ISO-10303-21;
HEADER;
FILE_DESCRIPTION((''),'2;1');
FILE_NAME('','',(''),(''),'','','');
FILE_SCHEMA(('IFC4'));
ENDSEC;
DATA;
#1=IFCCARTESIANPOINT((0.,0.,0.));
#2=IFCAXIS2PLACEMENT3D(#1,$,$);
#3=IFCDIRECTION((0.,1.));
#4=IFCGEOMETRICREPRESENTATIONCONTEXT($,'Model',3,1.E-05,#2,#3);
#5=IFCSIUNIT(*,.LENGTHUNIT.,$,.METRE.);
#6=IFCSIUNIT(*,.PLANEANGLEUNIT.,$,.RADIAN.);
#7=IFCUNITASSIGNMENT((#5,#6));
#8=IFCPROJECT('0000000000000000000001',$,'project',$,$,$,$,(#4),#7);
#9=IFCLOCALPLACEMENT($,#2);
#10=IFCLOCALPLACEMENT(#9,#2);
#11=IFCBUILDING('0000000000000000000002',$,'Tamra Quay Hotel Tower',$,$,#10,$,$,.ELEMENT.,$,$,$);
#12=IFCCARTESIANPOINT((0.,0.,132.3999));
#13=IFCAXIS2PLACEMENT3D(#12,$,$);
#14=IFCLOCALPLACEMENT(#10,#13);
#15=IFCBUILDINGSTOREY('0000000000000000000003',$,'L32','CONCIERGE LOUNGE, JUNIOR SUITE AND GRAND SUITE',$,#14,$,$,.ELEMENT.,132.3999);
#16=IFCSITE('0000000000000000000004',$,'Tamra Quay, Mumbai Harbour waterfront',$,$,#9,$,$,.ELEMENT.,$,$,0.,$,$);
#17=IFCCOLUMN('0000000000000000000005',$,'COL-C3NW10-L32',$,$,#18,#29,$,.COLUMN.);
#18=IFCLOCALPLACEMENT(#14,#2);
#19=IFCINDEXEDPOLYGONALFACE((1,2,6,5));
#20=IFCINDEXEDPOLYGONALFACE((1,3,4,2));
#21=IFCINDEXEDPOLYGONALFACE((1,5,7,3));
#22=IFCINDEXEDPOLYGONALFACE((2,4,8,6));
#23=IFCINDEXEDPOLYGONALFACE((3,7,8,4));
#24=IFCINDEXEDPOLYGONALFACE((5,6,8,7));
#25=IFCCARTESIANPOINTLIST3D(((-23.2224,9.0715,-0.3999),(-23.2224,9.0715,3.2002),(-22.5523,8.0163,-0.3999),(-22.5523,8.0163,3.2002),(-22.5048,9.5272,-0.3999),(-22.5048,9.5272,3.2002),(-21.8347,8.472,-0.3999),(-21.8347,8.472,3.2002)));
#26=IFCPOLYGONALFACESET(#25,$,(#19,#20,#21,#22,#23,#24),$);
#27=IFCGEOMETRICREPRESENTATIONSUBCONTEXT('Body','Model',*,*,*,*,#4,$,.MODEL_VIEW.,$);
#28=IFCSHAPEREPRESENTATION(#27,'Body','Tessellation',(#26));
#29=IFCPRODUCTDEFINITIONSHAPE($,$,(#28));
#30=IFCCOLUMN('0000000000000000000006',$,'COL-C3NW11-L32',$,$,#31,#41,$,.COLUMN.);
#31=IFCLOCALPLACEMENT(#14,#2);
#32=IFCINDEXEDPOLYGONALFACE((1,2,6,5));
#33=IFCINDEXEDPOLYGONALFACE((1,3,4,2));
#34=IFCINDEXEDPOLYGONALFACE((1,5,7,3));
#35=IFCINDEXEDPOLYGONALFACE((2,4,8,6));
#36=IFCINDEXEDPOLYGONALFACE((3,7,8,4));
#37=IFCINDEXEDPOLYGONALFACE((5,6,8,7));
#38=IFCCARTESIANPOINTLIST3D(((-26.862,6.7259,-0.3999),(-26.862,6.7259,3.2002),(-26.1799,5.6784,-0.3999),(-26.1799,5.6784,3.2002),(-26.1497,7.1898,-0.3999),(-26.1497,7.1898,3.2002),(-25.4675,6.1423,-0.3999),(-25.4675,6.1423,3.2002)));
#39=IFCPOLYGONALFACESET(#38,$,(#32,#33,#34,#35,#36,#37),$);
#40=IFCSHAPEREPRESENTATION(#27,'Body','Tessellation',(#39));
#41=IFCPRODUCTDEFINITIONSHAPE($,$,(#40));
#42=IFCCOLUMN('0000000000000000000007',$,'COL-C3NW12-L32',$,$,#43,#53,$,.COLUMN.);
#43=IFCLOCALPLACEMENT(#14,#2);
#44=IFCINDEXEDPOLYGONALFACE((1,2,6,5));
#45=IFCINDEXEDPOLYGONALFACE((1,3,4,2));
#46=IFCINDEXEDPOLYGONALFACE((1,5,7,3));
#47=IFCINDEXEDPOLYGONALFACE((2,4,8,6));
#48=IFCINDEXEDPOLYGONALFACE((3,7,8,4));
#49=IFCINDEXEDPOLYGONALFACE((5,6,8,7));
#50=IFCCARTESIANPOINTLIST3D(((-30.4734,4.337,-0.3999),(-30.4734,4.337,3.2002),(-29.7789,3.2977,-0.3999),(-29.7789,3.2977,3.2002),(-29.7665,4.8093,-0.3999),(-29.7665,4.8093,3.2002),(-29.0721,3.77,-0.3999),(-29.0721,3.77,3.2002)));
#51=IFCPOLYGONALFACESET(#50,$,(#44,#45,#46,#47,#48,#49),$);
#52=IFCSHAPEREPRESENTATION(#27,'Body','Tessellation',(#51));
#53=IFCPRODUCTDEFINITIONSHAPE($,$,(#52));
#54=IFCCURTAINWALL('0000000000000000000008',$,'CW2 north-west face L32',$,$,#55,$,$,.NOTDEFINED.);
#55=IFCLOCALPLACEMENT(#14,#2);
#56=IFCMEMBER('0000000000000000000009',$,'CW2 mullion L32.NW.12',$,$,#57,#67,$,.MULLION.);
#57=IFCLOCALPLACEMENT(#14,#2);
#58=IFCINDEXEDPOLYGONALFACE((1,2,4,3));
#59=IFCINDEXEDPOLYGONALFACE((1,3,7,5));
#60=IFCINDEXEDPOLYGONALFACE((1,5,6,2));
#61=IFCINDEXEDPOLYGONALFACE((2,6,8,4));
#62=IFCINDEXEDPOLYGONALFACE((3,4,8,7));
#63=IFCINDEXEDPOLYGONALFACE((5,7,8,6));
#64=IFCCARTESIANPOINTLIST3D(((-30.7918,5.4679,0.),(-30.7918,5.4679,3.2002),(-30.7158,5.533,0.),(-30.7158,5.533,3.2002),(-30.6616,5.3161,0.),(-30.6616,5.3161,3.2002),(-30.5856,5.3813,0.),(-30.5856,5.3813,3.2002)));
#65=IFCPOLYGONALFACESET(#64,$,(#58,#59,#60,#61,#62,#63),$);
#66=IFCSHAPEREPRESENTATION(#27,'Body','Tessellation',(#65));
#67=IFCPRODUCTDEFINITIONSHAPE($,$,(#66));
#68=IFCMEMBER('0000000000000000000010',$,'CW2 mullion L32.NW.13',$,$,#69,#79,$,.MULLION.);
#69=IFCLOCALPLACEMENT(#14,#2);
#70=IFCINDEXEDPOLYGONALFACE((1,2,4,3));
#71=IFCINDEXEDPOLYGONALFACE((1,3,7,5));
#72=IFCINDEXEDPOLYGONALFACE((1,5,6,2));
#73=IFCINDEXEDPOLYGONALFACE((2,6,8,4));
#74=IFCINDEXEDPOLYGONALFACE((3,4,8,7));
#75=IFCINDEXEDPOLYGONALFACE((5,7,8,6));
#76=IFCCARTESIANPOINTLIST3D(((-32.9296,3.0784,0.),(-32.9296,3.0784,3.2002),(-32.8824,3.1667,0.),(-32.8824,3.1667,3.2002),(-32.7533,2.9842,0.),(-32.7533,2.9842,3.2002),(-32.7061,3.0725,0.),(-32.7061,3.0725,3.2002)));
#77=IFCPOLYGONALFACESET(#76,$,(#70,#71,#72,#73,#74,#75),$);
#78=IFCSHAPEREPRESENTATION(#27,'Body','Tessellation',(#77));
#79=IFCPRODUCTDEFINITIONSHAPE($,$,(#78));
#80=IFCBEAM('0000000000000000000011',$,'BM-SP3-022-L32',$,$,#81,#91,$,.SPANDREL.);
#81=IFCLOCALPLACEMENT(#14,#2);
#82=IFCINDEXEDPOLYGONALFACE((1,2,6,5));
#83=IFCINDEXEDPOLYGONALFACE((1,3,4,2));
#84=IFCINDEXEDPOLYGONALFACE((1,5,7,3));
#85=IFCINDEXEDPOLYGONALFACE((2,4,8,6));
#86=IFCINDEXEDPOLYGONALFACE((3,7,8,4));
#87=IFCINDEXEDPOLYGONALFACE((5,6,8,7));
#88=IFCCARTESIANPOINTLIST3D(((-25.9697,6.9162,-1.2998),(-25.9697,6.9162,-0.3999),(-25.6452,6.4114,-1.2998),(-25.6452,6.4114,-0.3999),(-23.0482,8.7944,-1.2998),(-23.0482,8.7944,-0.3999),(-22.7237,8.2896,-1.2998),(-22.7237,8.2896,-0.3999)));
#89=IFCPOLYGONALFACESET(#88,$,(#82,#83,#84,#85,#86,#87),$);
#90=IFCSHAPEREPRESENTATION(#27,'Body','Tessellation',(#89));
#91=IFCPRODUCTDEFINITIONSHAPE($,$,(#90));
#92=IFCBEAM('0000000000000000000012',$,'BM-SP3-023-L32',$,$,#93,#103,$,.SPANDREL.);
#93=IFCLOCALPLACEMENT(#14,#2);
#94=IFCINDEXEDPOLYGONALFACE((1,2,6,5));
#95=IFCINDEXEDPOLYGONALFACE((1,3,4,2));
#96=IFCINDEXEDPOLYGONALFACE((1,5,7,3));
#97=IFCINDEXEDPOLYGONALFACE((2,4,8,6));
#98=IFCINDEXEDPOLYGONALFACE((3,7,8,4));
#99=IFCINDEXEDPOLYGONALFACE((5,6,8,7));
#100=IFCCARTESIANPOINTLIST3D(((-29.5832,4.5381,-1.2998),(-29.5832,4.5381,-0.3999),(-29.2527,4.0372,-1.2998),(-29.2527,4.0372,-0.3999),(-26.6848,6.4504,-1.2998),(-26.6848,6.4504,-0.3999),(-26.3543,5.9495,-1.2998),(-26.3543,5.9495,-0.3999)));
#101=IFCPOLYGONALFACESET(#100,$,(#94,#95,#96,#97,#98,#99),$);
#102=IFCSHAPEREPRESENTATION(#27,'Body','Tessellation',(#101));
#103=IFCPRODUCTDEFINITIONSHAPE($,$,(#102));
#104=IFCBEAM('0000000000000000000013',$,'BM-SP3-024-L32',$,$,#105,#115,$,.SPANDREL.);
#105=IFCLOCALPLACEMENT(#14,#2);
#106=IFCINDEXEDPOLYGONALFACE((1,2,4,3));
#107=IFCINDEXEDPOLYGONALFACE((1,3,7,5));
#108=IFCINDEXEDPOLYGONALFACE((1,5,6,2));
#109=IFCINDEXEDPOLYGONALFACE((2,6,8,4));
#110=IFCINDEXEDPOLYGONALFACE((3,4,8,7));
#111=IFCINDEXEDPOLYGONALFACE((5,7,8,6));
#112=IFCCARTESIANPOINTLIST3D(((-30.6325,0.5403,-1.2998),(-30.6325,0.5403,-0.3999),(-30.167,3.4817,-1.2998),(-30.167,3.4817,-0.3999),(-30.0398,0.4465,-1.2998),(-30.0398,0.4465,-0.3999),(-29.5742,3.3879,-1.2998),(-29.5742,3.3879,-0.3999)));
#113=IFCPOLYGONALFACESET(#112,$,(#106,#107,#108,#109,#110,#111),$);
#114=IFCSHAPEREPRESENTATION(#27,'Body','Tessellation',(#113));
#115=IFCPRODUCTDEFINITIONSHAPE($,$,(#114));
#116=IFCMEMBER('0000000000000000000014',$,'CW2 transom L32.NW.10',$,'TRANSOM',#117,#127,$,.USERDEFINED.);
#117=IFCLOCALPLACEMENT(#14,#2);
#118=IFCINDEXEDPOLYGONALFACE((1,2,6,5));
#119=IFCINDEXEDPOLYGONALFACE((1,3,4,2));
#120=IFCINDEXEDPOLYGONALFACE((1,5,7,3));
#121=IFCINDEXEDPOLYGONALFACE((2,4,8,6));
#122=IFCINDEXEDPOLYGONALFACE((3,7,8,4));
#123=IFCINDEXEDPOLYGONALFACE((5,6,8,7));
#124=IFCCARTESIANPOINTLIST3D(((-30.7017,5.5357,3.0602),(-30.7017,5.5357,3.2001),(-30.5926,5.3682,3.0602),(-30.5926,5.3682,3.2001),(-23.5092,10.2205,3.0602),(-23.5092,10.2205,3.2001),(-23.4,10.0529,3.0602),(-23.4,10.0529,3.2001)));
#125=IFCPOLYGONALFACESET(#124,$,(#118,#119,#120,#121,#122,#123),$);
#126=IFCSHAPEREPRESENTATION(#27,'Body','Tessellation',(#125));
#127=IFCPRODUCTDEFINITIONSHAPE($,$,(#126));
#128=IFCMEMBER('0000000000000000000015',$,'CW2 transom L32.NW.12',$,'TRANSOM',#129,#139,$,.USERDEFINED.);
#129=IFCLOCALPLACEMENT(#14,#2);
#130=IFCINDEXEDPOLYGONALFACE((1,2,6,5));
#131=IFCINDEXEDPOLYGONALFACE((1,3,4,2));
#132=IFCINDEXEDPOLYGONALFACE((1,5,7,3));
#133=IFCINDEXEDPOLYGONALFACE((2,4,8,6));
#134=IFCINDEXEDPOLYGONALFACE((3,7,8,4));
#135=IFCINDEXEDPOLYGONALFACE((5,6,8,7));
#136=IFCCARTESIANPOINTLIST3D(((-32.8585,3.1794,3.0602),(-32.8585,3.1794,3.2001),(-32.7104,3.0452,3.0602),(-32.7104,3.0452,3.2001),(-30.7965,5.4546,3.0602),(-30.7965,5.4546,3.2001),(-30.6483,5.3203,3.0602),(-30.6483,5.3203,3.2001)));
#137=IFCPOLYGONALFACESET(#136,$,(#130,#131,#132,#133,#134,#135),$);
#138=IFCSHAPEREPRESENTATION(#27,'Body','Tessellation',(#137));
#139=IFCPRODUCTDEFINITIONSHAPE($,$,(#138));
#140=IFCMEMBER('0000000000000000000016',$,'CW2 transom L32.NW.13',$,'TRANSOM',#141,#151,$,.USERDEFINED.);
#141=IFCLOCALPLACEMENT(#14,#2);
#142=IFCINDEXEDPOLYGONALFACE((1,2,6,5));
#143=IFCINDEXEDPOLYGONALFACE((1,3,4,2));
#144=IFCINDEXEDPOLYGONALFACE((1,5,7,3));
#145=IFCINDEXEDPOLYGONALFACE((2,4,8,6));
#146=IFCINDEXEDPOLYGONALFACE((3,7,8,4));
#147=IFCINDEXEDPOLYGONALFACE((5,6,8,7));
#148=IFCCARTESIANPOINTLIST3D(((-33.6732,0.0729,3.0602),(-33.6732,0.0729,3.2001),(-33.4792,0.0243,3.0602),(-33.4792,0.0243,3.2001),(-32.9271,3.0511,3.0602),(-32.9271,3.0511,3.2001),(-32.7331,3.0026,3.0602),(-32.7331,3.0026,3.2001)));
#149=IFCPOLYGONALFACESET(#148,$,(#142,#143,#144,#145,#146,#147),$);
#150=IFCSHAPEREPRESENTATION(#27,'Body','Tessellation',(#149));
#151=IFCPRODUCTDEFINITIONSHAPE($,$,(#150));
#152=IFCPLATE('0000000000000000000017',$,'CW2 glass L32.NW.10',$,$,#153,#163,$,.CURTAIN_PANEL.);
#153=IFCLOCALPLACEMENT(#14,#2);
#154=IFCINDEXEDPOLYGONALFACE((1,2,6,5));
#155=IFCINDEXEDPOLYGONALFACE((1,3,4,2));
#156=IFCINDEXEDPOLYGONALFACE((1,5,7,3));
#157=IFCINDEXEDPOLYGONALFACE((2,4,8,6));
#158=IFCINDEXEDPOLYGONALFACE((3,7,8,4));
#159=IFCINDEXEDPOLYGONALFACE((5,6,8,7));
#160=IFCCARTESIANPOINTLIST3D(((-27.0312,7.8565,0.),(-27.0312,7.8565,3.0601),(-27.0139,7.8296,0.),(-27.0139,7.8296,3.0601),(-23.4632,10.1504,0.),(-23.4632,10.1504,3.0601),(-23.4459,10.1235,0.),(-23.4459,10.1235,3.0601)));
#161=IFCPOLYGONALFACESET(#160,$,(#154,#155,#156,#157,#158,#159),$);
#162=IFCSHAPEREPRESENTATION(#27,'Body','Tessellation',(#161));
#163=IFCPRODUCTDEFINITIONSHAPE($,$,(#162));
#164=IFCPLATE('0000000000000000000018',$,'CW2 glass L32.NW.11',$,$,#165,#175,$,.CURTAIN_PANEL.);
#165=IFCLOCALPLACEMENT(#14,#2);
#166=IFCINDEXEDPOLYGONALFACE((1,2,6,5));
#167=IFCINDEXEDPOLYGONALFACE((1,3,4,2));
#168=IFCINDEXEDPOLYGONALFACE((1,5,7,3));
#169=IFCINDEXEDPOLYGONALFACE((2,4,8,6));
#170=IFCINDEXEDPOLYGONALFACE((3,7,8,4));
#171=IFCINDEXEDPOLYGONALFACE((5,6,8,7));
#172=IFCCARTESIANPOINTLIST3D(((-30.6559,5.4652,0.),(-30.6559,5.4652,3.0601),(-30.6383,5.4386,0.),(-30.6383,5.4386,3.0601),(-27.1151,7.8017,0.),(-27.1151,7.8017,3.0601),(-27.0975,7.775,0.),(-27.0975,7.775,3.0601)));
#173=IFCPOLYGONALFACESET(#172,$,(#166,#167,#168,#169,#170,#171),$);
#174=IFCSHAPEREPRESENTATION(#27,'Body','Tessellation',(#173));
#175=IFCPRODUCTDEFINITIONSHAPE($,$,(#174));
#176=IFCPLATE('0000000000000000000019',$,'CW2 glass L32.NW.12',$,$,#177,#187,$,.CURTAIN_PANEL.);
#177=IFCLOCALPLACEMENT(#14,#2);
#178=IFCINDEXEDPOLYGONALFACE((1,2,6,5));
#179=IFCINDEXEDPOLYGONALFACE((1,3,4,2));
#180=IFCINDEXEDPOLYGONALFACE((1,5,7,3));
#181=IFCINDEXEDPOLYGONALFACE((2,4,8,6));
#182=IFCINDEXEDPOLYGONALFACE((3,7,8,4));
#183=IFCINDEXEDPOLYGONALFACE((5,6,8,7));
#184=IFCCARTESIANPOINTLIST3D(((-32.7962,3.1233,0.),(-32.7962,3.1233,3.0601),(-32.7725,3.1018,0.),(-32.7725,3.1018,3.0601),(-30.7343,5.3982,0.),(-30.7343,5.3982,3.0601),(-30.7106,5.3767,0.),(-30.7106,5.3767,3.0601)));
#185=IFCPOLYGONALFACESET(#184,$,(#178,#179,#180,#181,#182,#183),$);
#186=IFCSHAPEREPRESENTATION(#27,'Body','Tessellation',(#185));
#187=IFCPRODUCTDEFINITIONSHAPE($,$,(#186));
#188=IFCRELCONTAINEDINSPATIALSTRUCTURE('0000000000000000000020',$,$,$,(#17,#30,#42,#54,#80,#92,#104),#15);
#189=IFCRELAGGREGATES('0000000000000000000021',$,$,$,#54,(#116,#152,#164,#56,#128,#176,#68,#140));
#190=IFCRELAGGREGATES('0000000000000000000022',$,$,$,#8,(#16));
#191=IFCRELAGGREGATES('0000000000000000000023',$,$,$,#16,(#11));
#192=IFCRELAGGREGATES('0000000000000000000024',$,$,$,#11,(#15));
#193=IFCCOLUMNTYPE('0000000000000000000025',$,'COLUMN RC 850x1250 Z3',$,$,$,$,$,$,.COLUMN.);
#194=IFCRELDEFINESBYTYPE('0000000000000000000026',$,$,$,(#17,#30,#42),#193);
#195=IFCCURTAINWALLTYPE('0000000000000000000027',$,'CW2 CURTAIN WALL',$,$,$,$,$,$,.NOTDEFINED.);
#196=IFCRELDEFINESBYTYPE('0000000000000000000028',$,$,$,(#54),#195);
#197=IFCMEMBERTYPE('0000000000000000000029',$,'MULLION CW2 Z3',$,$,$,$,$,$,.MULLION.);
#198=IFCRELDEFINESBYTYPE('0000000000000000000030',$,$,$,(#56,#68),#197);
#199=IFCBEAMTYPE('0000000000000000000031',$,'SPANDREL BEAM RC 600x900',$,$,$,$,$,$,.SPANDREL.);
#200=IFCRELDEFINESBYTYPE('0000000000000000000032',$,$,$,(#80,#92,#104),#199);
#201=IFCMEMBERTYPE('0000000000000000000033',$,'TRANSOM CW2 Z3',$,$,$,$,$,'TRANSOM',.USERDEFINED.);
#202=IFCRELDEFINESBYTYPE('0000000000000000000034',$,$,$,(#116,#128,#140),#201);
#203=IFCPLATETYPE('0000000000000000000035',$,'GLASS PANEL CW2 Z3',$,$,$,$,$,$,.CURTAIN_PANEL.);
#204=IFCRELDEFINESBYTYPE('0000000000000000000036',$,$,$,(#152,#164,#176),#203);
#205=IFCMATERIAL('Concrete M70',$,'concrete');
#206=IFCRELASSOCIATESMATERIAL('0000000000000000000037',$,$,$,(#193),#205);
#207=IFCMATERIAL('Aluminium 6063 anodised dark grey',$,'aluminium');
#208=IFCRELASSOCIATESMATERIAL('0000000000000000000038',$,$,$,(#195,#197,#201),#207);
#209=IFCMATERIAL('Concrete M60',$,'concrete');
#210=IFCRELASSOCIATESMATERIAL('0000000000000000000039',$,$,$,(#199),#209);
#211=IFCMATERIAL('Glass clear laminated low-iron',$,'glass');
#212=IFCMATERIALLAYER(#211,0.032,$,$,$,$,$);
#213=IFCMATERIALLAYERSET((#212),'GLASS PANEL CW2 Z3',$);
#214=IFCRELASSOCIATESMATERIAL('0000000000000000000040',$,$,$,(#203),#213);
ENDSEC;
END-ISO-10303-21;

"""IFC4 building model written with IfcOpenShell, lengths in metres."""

from ifc_helpers import new_model, si_unit, direction, frame, origin, origin_2d, place, context, subcontext, project, spatial, rectangle, extrude, material, layer, layer_set, material_profile, profile_set, type_object, element, aggregate, save


model = new_model("IFC4")

# Units and contexts
model_context = context("Model", 3, precision=1e-05, world=origin(), true_north=direction((0.0, 1.0)))
body_context = subcontext(model_context, "Body", "Model", "MODEL_VIEW")
ifc_project = project(units=[si_unit("LENGTHUNIT", "METRE"), si_unit("PLANEANGLEUNIT", "RADIAN")], contexts=[model_context])

# Site, building, storey
site_placement = place(None, origin())
site = spatial("IfcSite", under=ifc_project, at=site_placement, Name="Tamra Quay, Mumbai Harbour waterfront", CompositionType="ELEMENT", RefElevation=0.0)
building_placement = place(site_placement, origin())
building = spatial("IfcBuilding", under=site, at=building_placement, Name="Tamra Quay Hotel Tower", CompositionType="ELEMENT")
storey_placement = place(building_placement, frame((0.0, 0.0, 132.3999)))
storey = spatial("IfcBuildingStorey", under=building, at=storey_placement, Name="L32", Description="CONCIERGE LOUNGE, JUNIOR SUITE AND GRAND SUITE", CompositionType="ELEMENT", Elevation=132.3999)

# Columns
ifc_material_1 = material(Name="Concrete M70", Category="concrete")
ifc_material_profile_1 = material_profile(ifc_material_1, rectangle(XDim=1.25, YDim=0.8501, at=origin_2d()), Name="COLUMN RC 850x1250 Z3")
ifc_profile_set_1 = profile_set([ifc_material_profile_1], Name="Concrete M70")
column_type = type_object("IfcColumnType", Name="COLUMN RC 850x1250 Z3", PredefinedType="COLUMN", material=ifc_profile_set_1)
for number, where, z_axis, x_axis, name in (
    (1, (-22.5286, 8.7717, -0.3999), (0.0, 0.0, 1.0), (-0.536102, 0.844153, 0.0), "COL-C3NW10-L32"),
    (2, (-26.1648, 6.4341, -0.3999), (0.0, 0.0, 1.0), (-0.545703, 0.837979, 0.0), "COL-C3NW11-L32"),
    (3, (-29.7727, 4.0535, -0.3999), (0.0, 0.0, 1.0), (-0.555583, 0.831461, 0.0), "COL-C3NW12-L32"),
):
    element("IfcColumn", number, at=place(storey_placement, frame(where, z_axis=z_axis, x_axis=x_axis)), inside=storey, type_object=column_type, Name=name, PredefinedType="COLUMN", context=body_context, shape_type="SweptSolid", body=[
        extrude(rectangle(XDim=1.25, YDim=0.8501, at=origin_2d()), origin(), (0.0, 0.0, 1.0), 3.6001),
    ])

# Curtain wall, members
ifc_material_2 = material(Name="Aluminium 6063 anodised dark grey", Category="aluminium")
curtain_wall_type = type_object("IfcCurtainWallType", Name="CW2 CURTAIN WALL", PredefinedType="NOTDEFINED", material=ifc_material_2)
curtain_wall_placement = place(storey_placement, origin())
curtain_wall = element("IfcCurtainWall", 4, at=curtain_wall_placement, inside=storey, type_object=curtain_wall_type, Name="CW2 north-west face L32", PredefinedType="NOTDEFINED")
ifc_material_profile_2 = material_profile(ifc_material_2, rectangle(XDim=0.2, YDim=0.1001, at=origin_2d()), Name="MULLION 100X200")
ifc_profile_set_2 = profile_set([ifc_material_profile_2], Name="Aluminium 6063 anodised dark grey")
member_type_1 = type_object("IfcMemberType", Name="MULLION CW2 Z3", PredefinedType="MULLION", material=ifc_profile_set_2)
member_1_placement = place(storey_placement, frame((-30.6887, 5.4246, 0.0), z_axis=(0.0, 0.0, 1.0), x_axis=(-0.650989, 0.759087, 0.0)))
member_1 = element("IfcMember", 5, at=member_1_placement, type_object=member_type_1, Name="CW2 mullion L32.NW.12", PredefinedType="MULLION", context=body_context, shape_type="SweptSolid", body=[
    extrude(rectangle(XDim=0.2, YDim=0.1001, at=origin_2d()), origin(), (0.0, 0.0, 1.0), 3.2002),
])
member_2_placement = place(storey_placement, frame((-32.8179, 3.0754, 0.0), z_axis=(0.0, 0.0, 1.0), x_axis=(-0.881925, 0.471389, 0.0)))
member_2 = element("IfcMember", 6, at=member_2_placement, type_object=member_type_1, Name="CW2 mullion L32.NW.13", PredefinedType="MULLION", context=body_context, shape_type="SweptSolid", body=[
    extrude(rectangle(XDim=0.2, YDim=0.1001, at=origin_2d()), origin(), (0.0, 0.0, 1.0), 3.2002),
])

# Beams
ifc_material_3 = material(Name="Concrete M60", Category="concrete")
ifc_material_profile_3 = material_profile(ifc_material_3, rectangle(XDim=0.6001, YDim=0.8999, at=origin_2d()), Name="SPANDREL BEAM RC 600x900")
ifc_profile_set_3 = profile_set([ifc_material_profile_3], Name="Concrete M60")
beam_type = type_object("IfcBeamType", Name="SPANDREL BEAM RC 600x900", PredefinedType="SPANDREL", material=ifc_profile_set_3)
beam_1_placement = place(storey_placement, frame((-22.886, 8.542, -0.8499), z_axis=(-0.84116, -0.540786, 0.0), x_axis=(0.540786, -0.84116, 0.0)))
element("IfcBeam", 7, at=beam_1_placement, inside=storey, type_object=beam_type, Name="BM-SP3-022-L32", PredefinedType="SPANDREL", context=body_context, shape_type="SweptSolid", body=[
    extrude(rectangle(XDim=0.6001, YDim=0.8999, at=origin_2d()), origin(), (0.0, 0.0, 1.0), 3.4731),
])
beam_2_placement = place(storey_placement, frame((-26.5195, 6.2, -0.8499), z_axis=(-0.834691, -0.550719, 0.0), x_axis=(0.550719, -0.834691, 0.0)))
element("IfcBeam", 8, at=beam_2_placement, inside=storey, type_object=beam_type, Name="BM-SP3-023-L32", PredefinedType="SPANDREL", context=body_context, shape_type="SweptSolid", body=[
    extrude(rectangle(XDim=0.6001, YDim=0.8999, at=origin_2d()), origin(), (0.0, 0.0, 1.0), 3.4724),
])
beam_3_placement = place(storey_placement, frame((-29.8706, 3.4348, -0.8499), z_axis=(-0.156337, -0.987704, 0.0), x_axis=(0.987704, -0.156337, 0.0)))
element("IfcBeam", 9, at=beam_3_placement, inside=storey, type_object=beam_type, Name="BM-SP3-024-L32", PredefinedType="SPANDREL", context=body_context, shape_type="SweptSolid", body=[
    extrude(rectangle(XDim=0.6001, YDim=0.8999, at=origin_2d()), origin(), (0.0, 0.0, 1.0), 2.978),
])

# Members
ifc_material_profile_4 = material_profile(ifc_material_2, rectangle(XDim=0.2, YDim=0.1399, at=origin_2d()), Name="TRANSOM 200X140")
ifc_profile_set_4 = profile_set([ifc_material_profile_4], Name="Aluminium 6063 anodised dark grey")
member_type_2 = type_object("IfcMemberType", Name="TRANSOM CW2 Z3", ElementType="TRANSOM", PredefinedType="USERDEFINED", material=ifc_profile_set_4)
member_3_placement = place(storey_placement, frame((-23.4546, 10.1367, 3.1301), z_axis=(-0.837932, -0.545775, 0.0), x_axis=(0.545775, -0.837932, 0.0)))
member_3 = element("IfcMember", 10, at=member_3_placement, type_object=member_type_2, Name="CW2 transom L32.NW.10", ObjectType="TRANSOM", PredefinedType="USERDEFINED", context=body_context, shape_type="SweptSolid", body=[
    extrude(rectangle(XDim=0.2, YDim=0.1399, at=origin_2d()), origin(), (0.0, 0.0, 1.0), 8.5837),
])
member_4_placement = place(storey_placement, frame((-30.7224, 5.3875, 3.1301), z_axis=(-0.671548, -0.740961, 0.0), x_axis=(0.740961, -0.671548, 0.0)))
member_4 = element("IfcMember", 11, at=member_4_placement, type_object=member_type_2, Name="CW2 transom L32.NW.12", ObjectType="TRANSOM", PredefinedType="USERDEFINED", context=body_context, shape_type="SweptSolid", body=[
    extrude(rectangle(XDim=0.2, YDim=0.1399, at=origin_2d()), origin(), (0.0, 0.0, 1.0), 3.0706),
])
member_5_placement = place(storey_placement, frame((-32.8301, 3.0269, 3.1301), z_axis=(-0.243003, -0.970025, 0.0), x_axis=(0.970025, -0.243003, 0.0)))
member_5 = element("IfcMember", 12, at=member_5_placement, type_object=member_type_2, Name="CW2 transom L32.NW.13", ObjectType="TRANSOM", PredefinedType="USERDEFINED", context=body_context, shape_type="SweptSolid", body=[
    extrude(rectangle(XDim=0.2, YDim=0.1399, at=origin_2d()), origin(), (0.0, 0.0, 1.0), 3.0703),
])

# Plates
ifc_material_4 = material(Name="Glass clear laminated low-iron", Category="glass")
ifc_layer_1 = layer(ifc_material_4, 0.032)
ifc_layer_set_1 = layer_set([ifc_layer_1], Name="GLASS PANEL CW2 Z3")
plate_type = type_object("IfcPlateType", Name="GLASS PANEL CW2 Z3", PredefinedType="CURTAIN_PANEL", material=ifc_layer_set_1)
plate_1_placement = place(storey_placement, frame((-25.2385, 8.99, 0.0), z_axis=(0.0, 0.0, 1.0), x_axis=(-0.841164, -0.54078, 0.0)))
plate_1 = element("IfcPlate", 13, at=plate_1_placement, type_object=plate_type, Name="CW2 glass L32.NW.10", PredefinedType="CURTAIN_PANEL", context=body_context, shape_type="SweptSolid", body=[
    extrude(rectangle(XDim=4.2417, YDim=0.032, at=origin_2d()), origin(), (0.0, 0.0, 1.0), 3.0601),
])
plate_2_placement = place(storey_placement, frame((-28.8767, 6.6201, 0.0), z_axis=(0.0, 0.0, 1.0), x_axis=(-0.834663, -0.550761, 0.0)))
plate_2 = element("IfcPlate", 14, at=plate_2_placement, type_object=plate_type, Name="CW2 glass L32.NW.11", PredefinedType="CURTAIN_PANEL", context=body_context, shape_type="SweptSolid", body=[
    extrude(rectangle(XDim=4.2422, YDim=0.032, at=origin_2d()), origin(), (0.0, 0.0, 1.0), 3.0601),
])
plate_3_placement = place(storey_placement, frame((-31.7534, 4.25, 0.0), z_axis=(0.0, 0.0, 1.0), x_axis=(-0.67155, -0.740959, 0.0)))
plate_3 = element("IfcPlate", 15, at=plate_3_placement, type_object=plate_type, Name="CW2 glass L32.NW.12", PredefinedType="CURTAIN_PANEL", context=body_context, shape_type="SweptSolid", body=[
    extrude(rectangle(XDim=3.0703, YDim=0.032, at=origin_2d()), origin(), (0.0, 0.0, 1.0), 3.0601),
])
aggregate(curtain_wall, [member_3, plate_1, plate_2, member_1, member_4, plate_3, member_2, member_5])

save(model, "model.ifc")
